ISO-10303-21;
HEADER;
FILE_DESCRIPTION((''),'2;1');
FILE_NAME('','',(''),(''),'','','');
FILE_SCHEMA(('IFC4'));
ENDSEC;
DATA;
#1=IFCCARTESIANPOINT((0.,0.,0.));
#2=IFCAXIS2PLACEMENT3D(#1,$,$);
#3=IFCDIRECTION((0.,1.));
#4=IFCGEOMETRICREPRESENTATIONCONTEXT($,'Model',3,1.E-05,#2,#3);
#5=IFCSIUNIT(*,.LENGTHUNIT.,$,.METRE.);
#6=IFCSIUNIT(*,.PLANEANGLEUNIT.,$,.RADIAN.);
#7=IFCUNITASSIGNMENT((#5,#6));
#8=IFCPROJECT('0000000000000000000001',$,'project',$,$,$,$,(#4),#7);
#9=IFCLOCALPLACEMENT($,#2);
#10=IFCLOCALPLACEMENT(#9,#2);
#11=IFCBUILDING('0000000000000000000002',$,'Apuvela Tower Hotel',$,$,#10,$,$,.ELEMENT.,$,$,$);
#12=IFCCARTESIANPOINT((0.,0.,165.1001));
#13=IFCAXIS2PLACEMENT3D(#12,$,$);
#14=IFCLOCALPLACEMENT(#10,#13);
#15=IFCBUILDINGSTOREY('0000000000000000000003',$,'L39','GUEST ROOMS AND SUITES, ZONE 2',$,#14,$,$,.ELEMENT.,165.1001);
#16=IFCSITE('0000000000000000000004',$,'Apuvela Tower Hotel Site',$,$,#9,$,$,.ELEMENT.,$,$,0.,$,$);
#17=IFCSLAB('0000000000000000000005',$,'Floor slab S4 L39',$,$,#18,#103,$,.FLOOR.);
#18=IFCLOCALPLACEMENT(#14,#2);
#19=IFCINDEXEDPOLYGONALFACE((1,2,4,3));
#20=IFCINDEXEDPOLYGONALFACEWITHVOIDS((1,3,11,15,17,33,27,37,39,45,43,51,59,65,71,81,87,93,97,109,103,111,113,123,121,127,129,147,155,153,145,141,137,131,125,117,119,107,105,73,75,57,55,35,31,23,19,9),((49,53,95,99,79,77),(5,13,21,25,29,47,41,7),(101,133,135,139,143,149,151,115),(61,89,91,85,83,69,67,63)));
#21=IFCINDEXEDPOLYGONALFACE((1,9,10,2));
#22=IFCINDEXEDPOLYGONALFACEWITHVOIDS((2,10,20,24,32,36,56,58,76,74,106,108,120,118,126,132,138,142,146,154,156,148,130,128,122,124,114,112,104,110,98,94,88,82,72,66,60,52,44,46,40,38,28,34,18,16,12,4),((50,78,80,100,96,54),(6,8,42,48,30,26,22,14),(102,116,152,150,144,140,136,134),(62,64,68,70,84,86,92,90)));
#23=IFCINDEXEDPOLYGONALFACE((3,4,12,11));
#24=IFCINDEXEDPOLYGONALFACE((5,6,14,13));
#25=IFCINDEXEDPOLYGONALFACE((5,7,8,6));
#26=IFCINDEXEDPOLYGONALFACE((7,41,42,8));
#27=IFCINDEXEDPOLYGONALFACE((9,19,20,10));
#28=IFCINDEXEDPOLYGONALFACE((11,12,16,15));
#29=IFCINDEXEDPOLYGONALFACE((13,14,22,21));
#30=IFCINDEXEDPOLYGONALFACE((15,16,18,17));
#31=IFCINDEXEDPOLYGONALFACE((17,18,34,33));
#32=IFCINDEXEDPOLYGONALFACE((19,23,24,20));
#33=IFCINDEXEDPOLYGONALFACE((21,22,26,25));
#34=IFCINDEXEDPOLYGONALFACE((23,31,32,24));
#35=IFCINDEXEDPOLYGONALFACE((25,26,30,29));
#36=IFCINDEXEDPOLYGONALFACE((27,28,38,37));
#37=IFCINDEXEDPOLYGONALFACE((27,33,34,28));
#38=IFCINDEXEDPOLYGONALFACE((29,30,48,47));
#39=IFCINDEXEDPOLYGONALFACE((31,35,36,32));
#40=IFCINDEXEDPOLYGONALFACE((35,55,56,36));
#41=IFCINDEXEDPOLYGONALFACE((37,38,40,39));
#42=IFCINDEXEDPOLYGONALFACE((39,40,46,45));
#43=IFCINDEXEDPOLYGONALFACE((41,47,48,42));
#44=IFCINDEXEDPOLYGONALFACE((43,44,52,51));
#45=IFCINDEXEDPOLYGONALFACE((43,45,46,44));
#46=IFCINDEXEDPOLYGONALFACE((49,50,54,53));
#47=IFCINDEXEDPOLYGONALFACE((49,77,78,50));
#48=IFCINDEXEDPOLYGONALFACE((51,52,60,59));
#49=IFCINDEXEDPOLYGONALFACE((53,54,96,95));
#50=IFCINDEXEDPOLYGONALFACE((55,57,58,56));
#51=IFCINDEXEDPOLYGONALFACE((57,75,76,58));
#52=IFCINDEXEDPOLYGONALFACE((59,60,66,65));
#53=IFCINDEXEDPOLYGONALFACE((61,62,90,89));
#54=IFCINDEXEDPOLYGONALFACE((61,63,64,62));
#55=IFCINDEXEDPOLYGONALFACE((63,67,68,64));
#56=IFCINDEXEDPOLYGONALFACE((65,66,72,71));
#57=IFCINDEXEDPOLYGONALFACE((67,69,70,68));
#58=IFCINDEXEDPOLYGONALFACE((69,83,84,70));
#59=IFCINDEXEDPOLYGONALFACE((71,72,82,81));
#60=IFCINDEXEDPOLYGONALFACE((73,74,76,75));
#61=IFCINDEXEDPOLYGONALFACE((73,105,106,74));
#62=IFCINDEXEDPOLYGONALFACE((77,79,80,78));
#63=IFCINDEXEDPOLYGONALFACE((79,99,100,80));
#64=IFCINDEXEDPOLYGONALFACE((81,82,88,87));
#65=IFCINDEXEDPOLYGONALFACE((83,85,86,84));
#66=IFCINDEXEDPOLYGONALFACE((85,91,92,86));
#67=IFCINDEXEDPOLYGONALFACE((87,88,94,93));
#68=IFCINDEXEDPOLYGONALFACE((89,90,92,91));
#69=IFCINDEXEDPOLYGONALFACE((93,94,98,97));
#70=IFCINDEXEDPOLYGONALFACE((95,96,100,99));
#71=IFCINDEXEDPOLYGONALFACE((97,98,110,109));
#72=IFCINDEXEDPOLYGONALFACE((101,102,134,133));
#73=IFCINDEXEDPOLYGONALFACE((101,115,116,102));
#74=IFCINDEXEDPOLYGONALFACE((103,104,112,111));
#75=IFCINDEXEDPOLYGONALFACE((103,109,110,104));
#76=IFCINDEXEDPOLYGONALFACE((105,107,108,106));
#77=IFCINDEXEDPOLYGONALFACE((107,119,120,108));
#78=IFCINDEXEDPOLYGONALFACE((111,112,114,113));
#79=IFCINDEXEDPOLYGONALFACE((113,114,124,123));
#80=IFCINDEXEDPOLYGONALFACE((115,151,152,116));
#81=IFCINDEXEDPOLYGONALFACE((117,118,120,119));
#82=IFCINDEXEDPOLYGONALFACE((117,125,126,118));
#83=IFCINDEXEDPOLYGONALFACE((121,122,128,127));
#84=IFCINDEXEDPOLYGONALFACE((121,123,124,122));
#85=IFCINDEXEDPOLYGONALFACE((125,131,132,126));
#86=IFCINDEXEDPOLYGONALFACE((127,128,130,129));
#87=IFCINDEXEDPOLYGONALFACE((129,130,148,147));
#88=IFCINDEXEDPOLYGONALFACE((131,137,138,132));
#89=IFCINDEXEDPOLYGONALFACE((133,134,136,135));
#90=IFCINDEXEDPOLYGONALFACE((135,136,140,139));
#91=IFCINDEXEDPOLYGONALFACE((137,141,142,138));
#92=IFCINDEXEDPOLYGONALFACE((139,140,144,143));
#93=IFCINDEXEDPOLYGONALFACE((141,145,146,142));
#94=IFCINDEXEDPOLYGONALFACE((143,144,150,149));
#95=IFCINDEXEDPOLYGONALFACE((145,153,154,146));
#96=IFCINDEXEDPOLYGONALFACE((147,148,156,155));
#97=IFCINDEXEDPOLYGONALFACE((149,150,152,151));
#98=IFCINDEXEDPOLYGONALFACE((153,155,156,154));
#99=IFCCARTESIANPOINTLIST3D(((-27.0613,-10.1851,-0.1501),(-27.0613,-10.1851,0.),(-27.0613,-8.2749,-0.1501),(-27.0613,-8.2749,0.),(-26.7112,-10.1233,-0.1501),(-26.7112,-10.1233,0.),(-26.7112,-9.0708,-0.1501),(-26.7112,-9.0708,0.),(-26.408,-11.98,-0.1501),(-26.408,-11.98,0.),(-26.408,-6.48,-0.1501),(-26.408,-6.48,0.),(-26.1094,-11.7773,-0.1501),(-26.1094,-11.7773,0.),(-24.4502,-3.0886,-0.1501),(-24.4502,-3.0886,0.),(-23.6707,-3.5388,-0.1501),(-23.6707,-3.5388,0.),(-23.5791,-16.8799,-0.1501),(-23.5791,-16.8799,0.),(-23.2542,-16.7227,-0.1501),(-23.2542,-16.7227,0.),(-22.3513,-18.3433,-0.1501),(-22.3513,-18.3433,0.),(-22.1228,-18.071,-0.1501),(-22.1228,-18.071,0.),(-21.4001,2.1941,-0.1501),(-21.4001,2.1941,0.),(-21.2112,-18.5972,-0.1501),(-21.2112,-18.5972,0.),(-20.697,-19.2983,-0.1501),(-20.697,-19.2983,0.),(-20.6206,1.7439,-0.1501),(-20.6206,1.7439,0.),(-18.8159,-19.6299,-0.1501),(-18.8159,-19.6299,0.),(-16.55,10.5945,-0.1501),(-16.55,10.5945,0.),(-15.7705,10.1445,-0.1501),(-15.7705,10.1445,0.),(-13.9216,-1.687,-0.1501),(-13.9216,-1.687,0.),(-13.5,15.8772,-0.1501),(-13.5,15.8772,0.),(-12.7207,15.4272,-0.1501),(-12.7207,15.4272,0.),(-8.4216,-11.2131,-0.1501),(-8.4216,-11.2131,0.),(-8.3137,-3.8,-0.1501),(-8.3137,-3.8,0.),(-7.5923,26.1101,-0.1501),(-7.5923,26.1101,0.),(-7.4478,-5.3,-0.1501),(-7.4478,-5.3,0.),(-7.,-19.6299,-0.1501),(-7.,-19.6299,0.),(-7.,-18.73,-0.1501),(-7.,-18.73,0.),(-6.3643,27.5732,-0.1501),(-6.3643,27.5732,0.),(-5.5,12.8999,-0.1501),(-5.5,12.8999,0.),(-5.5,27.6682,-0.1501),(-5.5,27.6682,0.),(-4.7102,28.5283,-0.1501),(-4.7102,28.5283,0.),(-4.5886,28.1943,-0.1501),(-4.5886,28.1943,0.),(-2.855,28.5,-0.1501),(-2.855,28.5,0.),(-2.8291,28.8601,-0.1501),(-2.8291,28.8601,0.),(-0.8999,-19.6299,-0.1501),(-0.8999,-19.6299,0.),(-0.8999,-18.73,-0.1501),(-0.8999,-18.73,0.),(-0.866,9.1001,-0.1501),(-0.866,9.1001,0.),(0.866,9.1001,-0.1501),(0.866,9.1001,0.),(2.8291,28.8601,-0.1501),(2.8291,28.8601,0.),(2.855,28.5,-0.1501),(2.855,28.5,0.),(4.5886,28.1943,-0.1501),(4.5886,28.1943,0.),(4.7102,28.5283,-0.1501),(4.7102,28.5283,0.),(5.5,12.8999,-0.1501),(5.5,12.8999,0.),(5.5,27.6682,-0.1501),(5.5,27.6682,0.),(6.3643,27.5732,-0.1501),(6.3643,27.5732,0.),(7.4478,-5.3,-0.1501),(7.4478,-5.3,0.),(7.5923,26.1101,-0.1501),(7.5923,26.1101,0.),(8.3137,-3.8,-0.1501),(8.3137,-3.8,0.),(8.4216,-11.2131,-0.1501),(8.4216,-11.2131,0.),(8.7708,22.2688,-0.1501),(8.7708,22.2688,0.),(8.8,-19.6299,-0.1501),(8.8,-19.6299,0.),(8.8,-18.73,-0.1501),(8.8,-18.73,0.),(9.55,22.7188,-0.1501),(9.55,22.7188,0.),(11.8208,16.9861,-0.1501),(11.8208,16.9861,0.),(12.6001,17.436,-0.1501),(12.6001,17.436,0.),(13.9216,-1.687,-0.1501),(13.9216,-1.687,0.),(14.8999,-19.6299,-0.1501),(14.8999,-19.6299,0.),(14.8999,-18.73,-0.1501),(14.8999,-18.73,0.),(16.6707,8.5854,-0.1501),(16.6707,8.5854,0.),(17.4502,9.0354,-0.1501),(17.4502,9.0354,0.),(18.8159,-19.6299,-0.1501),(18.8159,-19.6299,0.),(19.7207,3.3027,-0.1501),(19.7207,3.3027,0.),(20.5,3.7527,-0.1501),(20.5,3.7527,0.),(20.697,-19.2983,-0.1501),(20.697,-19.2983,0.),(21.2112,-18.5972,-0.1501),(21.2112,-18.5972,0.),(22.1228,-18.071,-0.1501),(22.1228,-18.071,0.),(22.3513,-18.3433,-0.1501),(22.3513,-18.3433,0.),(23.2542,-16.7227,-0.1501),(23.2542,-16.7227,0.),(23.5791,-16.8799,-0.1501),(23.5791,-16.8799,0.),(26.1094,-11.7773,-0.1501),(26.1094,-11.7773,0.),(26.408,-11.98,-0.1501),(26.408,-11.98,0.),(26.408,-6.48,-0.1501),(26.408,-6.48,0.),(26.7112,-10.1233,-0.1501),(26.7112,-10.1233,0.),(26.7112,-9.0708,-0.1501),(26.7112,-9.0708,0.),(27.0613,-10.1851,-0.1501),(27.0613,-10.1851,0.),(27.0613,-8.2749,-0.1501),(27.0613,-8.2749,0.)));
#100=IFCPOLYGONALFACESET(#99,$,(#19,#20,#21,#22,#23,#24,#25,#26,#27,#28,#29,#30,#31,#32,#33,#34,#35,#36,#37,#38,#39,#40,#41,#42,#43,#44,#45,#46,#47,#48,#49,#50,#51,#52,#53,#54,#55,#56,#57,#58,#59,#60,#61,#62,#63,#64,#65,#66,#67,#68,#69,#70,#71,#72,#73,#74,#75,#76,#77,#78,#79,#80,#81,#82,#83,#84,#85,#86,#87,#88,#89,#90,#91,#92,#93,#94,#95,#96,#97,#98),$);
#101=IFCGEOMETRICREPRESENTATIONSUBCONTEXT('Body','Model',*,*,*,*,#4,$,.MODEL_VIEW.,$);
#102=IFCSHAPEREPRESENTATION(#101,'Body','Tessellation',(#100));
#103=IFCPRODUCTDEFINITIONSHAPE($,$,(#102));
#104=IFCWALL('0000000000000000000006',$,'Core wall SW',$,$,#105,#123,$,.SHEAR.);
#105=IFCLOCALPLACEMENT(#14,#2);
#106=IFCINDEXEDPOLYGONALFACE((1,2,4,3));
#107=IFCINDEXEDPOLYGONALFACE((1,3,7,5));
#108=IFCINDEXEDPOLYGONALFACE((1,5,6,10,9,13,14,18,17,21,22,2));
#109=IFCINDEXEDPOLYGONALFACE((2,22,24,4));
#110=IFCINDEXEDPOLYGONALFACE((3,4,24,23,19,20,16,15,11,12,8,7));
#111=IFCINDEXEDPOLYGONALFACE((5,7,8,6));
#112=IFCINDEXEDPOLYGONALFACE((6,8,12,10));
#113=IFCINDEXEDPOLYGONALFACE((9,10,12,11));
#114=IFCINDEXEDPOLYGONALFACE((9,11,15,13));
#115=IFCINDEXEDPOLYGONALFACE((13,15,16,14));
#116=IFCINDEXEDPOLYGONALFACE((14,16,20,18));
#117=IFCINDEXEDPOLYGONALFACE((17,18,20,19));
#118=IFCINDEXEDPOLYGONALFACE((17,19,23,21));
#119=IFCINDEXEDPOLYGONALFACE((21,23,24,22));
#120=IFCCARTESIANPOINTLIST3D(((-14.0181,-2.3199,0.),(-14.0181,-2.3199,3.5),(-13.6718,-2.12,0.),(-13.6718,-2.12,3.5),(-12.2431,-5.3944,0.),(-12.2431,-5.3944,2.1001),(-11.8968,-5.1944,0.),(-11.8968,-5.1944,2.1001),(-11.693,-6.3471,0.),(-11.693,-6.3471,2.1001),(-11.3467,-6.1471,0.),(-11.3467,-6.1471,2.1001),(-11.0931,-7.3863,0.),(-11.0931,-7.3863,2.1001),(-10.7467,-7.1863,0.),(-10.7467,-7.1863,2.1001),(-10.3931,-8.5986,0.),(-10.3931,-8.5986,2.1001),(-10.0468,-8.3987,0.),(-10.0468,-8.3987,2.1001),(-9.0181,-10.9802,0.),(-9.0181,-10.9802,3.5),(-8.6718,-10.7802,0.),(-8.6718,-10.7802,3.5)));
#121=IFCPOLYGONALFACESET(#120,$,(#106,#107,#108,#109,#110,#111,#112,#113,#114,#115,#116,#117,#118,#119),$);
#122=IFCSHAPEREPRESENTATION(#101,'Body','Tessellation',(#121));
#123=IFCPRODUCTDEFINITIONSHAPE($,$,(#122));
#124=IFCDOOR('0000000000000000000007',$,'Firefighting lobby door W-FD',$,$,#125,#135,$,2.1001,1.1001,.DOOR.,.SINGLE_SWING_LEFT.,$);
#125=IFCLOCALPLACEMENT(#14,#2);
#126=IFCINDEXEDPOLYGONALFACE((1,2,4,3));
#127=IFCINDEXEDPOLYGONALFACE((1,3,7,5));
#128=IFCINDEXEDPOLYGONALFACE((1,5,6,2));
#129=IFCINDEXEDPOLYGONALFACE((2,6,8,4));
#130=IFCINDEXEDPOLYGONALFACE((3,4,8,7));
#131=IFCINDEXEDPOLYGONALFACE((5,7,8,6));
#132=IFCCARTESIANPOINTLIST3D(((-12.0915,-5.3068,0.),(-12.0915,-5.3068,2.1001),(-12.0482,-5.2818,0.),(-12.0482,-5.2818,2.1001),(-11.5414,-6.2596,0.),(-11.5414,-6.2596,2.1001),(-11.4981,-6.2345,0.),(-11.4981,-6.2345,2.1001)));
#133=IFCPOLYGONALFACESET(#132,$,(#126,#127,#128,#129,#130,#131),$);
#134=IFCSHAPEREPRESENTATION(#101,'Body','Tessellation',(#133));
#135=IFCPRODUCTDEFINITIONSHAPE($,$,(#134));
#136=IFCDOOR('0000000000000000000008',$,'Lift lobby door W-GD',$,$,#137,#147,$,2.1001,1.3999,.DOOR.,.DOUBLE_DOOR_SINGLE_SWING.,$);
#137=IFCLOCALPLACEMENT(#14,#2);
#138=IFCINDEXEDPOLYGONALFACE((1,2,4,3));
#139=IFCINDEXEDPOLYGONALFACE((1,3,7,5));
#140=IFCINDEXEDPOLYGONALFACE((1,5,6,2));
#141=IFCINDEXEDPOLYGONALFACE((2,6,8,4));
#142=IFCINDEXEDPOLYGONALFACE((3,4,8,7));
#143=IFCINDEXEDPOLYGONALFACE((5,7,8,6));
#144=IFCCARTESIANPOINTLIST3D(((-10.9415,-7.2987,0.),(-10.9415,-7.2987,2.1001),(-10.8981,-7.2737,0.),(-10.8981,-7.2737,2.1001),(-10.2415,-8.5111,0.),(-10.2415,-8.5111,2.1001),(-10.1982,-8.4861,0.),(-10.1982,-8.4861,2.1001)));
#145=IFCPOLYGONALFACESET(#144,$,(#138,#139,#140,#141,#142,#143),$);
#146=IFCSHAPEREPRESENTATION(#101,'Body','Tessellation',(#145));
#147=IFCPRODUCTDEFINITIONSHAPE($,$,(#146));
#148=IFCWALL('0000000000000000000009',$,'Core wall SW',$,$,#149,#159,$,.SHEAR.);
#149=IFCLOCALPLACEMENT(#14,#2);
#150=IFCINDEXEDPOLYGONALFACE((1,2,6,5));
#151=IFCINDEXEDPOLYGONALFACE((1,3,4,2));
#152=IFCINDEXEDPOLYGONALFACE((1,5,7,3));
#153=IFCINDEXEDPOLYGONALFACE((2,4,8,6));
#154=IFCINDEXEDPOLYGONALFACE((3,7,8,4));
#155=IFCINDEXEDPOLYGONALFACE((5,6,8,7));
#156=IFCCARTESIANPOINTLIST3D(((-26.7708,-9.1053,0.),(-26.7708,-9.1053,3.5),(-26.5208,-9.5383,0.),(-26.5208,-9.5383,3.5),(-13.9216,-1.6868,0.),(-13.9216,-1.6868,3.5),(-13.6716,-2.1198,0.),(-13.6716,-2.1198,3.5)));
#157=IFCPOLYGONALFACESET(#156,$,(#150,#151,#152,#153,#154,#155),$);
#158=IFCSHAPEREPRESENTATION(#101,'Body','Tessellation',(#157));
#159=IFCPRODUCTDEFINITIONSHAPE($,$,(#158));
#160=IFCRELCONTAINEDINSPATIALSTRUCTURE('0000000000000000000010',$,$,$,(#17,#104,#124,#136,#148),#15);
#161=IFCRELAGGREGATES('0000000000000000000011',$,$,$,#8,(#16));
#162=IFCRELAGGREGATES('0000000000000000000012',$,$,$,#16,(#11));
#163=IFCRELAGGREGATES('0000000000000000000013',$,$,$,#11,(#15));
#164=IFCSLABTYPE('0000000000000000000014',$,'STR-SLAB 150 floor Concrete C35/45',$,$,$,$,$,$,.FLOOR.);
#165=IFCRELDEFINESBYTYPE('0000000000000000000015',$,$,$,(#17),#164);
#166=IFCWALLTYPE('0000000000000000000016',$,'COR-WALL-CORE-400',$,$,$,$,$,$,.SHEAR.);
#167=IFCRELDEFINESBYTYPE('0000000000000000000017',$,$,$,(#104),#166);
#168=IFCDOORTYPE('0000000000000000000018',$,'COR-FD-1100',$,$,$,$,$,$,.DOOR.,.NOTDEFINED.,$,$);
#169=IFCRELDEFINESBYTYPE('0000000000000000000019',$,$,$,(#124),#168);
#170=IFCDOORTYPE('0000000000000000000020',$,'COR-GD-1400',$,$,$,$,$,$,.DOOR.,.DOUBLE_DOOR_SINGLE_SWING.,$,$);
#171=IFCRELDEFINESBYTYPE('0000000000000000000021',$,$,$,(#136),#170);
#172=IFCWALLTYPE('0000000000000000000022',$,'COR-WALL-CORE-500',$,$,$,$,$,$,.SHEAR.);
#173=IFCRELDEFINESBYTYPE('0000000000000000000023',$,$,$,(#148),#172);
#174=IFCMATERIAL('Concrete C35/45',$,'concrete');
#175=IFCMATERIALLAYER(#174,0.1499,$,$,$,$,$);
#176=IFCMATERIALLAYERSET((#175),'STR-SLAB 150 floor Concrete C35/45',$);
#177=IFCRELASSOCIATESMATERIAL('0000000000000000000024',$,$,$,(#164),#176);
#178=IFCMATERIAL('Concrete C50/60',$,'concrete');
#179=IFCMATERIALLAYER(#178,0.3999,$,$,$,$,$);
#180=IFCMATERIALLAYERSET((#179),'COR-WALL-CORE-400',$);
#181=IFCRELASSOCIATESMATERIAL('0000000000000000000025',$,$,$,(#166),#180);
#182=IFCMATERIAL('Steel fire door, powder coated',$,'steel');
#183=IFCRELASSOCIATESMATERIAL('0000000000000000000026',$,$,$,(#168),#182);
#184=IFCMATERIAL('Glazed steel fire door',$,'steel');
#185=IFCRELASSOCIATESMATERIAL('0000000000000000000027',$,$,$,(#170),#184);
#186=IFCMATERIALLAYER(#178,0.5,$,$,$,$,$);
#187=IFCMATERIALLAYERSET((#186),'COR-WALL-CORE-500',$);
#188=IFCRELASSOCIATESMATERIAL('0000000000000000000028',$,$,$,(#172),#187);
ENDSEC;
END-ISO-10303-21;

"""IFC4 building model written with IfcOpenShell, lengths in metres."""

from ifc_helpers import new_model, si_unit, direction, frame, frame_2d, origin, place, context, subcontext, project, spatial, polyline, rectangle, outline, extrude, material, layer, layer_set, type_object, element, fill, save


model = new_model("IFC4")

# Units and contexts
model_context = context("Model", 3, precision=1e-05, world=origin(), true_north=direction((0.0, 1.0)))
body_context = subcontext(model_context, "Body", "Model", "MODEL_VIEW")
ifc_project = project(units=[si_unit("LENGTHUNIT", "METRE"), si_unit("PLANEANGLEUNIT", "RADIAN")], contexts=[model_context])

# Site, building, storey
site_placement = place(None, origin())
site = spatial("IfcSite", under=ifc_project, at=site_placement, Name="Apuvela Tower Hotel Site", CompositionType="ELEMENT", RefElevation=0.0)
building_placement = place(site_placement, origin())
building = spatial("IfcBuilding", under=site, at=building_placement, Name="Apuvela Tower Hotel", CompositionType="ELEMENT")
storey_placement = place(building_placement, frame((0.0, 0.0, 165.1001)))
storey = spatial("IfcBuildingStorey", under=building, at=storey_placement, Name="L39", Description="GUEST ROOMS AND SUITES, ZONE 2", CompositionType="ELEMENT", Elevation=165.1001)

# Slab
ifc_material_1 = material(Name="Concrete C35/45", Category="concrete")
ifc_layer_1 = layer(ifc_material_1, 0.1499)
ifc_layer_set_1 = layer_set([ifc_layer_1], Name="STR-SLAB 150 floor Concrete C35/45")
slab_type_1 = type_object("IfcSlabType", Name="STR-SLAB 150 floor Concrete C35/45", PredefinedType="FLOOR", material=ifc_layer_set_1)
slab_1_placement = place(storey_placement, frame((0.0, 0.0, -0.1501)))
element("IfcSlab", 1, at=slab_1_placement, inside=storey, type_object=slab_type_1, Name="Floor slab S4 L39", PredefinedType="FLOOR", context=body_context, shape_type="SweptSolid", body=[
    extrude(outline(polyline([(-6.3643, 27.5732), (-4.7102, 28.5283), (-2.8291, 28.8601), (2.8291, 28.8601), (4.7102, 28.5283), (6.3643, 27.5732), (7.5923, 26.1101), (9.55, 22.7188), (8.7708, 22.2688), (11.8208, 16.9861), (12.6001, 17.436), (17.4502, 9.0354), (16.6707, 8.5854), (19.7207, 3.3027), (20.5, 3.7527), (26.408, -6.48), (27.0613, -8.2749), (27.0613, -10.1851), (26.408, -11.98), (23.5791, -16.8799), (22.3513, -18.3433), (20.697, -19.2983), (18.8159, -19.6299), (14.8999, -19.6299), (14.8999, -18.73), (8.8, -18.73), (8.8, -19.6299), (-0.8999, -19.6299), (-0.8999, -18.73), (-7.0, -18.73), (-7.0, -19.6299), (-18.8159, -19.6299), (-20.697, -19.2983), (-22.3513, -18.3433), (-23.5791, -16.8799), (-26.408, -11.98), (-27.0613, -10.1851), (-27.0613, -8.2749), (-26.408, -6.48), (-24.4502, -3.0886), (-23.6707, -3.5388), (-20.6206, 1.7439), (-21.4001, 2.1941), (-16.55, 10.5945), (-15.7705, 10.1445), (-12.7207, 15.4272), (-13.5, 15.8772), (-7.5923, 26.1101), (-6.3643, 27.5732)]), holes=[polyline([(0.866, 9.1001), (-0.866, 9.1001), (-8.3137, -3.8), (-7.4478, -5.3), (7.4478, -5.3), (8.3137, -3.8), (0.866, 9.1001)]), polyline([(-5.5, 12.8999), (-5.5, 27.6682), (-4.5886, 28.1943), (-2.855, 28.5), (2.855, 28.5), (4.5886, 28.1943), (5.5, 27.6682), (5.5, 12.8999), (-5.5, 12.8999)]), polyline([(-8.4216, -11.2131), (-21.2112, -18.5972), (-22.1228, -18.071), (-23.2542, -16.7227), (-26.1094, -11.7773), (-26.7112, -10.1233), (-26.7112, -9.0708), (-13.9216, -1.687), (-8.4216, -11.2131)]), polyline([(13.9216, -1.687), (26.7112, -9.0708), (26.7112, -10.1233), (26.1094, -11.7773), (23.2542, -16.7227), (22.1228, -18.071), (21.2112, -18.5972), (8.4216, -11.2131), (13.9216, -1.687)])]), origin(), (0.0, 0.0, 1.0), 0.1501),
])

# Wall, openings, doors
ifc_material_2 = material(Name="Concrete C50/60", Category="concrete")
ifc_layer_2 = layer(ifc_material_2, 0.3999)
ifc_layer_set_2 = layer_set([ifc_layer_2], Name="COR-WALL-CORE-400")
wall_type_1 = type_object("IfcWallType", Name="COR-WALL-CORE-400", PredefinedType="SHEAR", material=ifc_layer_set_2)
wall_1_placement = place(storey_placement, frame((-13.845, -2.22, 0.0), z_axis=(0.0, 0.0, 1.0), x_axis=(0.500004, -0.866023, 0.0)))
wall_1 = element("IfcWall", 2, at=wall_1_placement, inside=storey, type_object=wall_type_1, Name="Core wall SW", PredefinedType="SHEAR", context=body_context, shape_type="SweptSolid", body=[
    extrude(rectangle(XDim=10.0, YDim=0.3999, at=frame_2d((5.0, 0.0))), origin(), (0.0, 0.0, 1.0), 3.5),
])
opening_1_placement = place(wall_1_placement, frame((3.55, 0.0, 0.0)))
opening_1 = element("IfcOpeningElement", 3, at=opening_1_placement, cuts=wall_1, PredefinedType="OPENING", context=body_context, shape_type="SweptSolid", body=[
    extrude(rectangle(XDim=1.1001, YDim=2.1001, at=frame_2d((0.55, 1.05))), frame((0.0, 0.21, 0.0), z_axis=(0.0, -1.0, 0.0), x_axis=(1.0, 0.0, 0.0)), (0.0, 0.0, 1.0), 0.4199),
])
opening_2_placement = place(wall_1_placement, frame((5.8501, 0.0, 0.0)))
opening_2 = element("IfcOpeningElement", 4, at=opening_2_placement, cuts=wall_1, PredefinedType="OPENING", context=body_context, shape_type="SweptSolid", body=[
    extrude(rectangle(XDim=1.3999, YDim=2.1001, at=frame_2d((0.7, 1.05))), frame((0.0, 0.21, 0.0), z_axis=(0.0, -1.0, 0.0), x_axis=(1.0, 0.0, 0.0)), (0.0, 0.0, 1.0), 0.4199),
])
ifc_material_3 = material(Name="Steel fire door, powder coated", Category="steel")
door_type_1 = type_object("IfcDoorType", Name="COR-FD-1100", OperationType="NOTDEFINED", PredefinedType="DOOR", material=ifc_material_3)
door_1_placement = place(opening_1_placement, frame((1.1001, 0.0, 0.0), z_axis=(0.0, 0.0, 1.0), x_axis=(-1.0, 0.0, 0.0)))
door_1 = element("IfcDoor", 5, at=door_1_placement, inside=storey, type_object=door_type_1, Name="Firefighting lobby door W-FD", OperationType="SINGLE_SWING_LEFT", OverallHeight=2.1001, OverallWidth=1.1001, PredefinedType="DOOR", context=body_context, shape_type="SweptSolid", body=[
    extrude(rectangle(XDim=1.1001, YDim=2.1001, at=frame_2d((0.55, 1.05))), frame((0.0, 0.0249, 0.0), z_axis=(0.0, -1.0, 0.0), x_axis=(1.0, 0.0, 0.0)), (0.0, 0.0, 1.0), 0.05),
])
fill(opening_1, door_1)
ifc_material_4 = material(Name="Glazed steel fire door", Category="steel")
door_type_2 = type_object("IfcDoorType", Name="COR-GD-1400", OperationType="DOUBLE_DOOR_SINGLE_SWING", PredefinedType="DOOR", material=ifc_material_4)
door_2_placement = place(opening_2_placement, frame((1.3999, 0.0, 0.0), z_axis=(0.0, 0.0, 1.0), x_axis=(-1.0, 0.0, 0.0)))
door_2 = element("IfcDoor", 6, at=door_2_placement, inside=storey, type_object=door_type_2, Name="Lift lobby door W-GD", OperationType="DOUBLE_DOOR_SINGLE_SWING", OverallHeight=2.1001, OverallWidth=1.3999, PredefinedType="DOOR", context=body_context, shape_type="SweptSolid", body=[
    extrude(rectangle(XDim=1.3999, YDim=2.1001, at=frame_2d((0.7, 1.05))), frame((0.0, 0.0249, 0.0), z_axis=(0.0, -1.0, 0.0), x_axis=(1.0, 0.0, 0.0)), (0.0, 0.0, 1.0), 0.05),
])
fill(opening_2, door_2)

# Wall
ifc_layer_3 = layer(ifc_material_2, 0.5)
ifc_layer_set_3 = layer_set([ifc_layer_3], Name="COR-WALL-CORE-500")
wall_type_2 = type_object("IfcWallType", Name="COR-WALL-CORE-500", PredefinedType="SHEAR", material=ifc_layer_set_3)
wall_2_placement = place(storey_placement, frame((-13.7966, -1.9033, 0.0), z_axis=(0.0, 0.0, 1.0), x_axis=(-0.866025, -0.500001, 0.0)))
element("IfcWall", 7, at=wall_2_placement, inside=storey, type_object=wall_type_2, Name="Core wall SW", PredefinedType="SHEAR", context=body_context, shape_type="SweptSolid", body=[
    extrude(rectangle(XDim=14.8369, YDim=0.5, at=frame_2d((7.4185, 0.0))), origin(), (0.0, 0.0, 1.0), 3.5),
])

save(model, "model.ifc")
